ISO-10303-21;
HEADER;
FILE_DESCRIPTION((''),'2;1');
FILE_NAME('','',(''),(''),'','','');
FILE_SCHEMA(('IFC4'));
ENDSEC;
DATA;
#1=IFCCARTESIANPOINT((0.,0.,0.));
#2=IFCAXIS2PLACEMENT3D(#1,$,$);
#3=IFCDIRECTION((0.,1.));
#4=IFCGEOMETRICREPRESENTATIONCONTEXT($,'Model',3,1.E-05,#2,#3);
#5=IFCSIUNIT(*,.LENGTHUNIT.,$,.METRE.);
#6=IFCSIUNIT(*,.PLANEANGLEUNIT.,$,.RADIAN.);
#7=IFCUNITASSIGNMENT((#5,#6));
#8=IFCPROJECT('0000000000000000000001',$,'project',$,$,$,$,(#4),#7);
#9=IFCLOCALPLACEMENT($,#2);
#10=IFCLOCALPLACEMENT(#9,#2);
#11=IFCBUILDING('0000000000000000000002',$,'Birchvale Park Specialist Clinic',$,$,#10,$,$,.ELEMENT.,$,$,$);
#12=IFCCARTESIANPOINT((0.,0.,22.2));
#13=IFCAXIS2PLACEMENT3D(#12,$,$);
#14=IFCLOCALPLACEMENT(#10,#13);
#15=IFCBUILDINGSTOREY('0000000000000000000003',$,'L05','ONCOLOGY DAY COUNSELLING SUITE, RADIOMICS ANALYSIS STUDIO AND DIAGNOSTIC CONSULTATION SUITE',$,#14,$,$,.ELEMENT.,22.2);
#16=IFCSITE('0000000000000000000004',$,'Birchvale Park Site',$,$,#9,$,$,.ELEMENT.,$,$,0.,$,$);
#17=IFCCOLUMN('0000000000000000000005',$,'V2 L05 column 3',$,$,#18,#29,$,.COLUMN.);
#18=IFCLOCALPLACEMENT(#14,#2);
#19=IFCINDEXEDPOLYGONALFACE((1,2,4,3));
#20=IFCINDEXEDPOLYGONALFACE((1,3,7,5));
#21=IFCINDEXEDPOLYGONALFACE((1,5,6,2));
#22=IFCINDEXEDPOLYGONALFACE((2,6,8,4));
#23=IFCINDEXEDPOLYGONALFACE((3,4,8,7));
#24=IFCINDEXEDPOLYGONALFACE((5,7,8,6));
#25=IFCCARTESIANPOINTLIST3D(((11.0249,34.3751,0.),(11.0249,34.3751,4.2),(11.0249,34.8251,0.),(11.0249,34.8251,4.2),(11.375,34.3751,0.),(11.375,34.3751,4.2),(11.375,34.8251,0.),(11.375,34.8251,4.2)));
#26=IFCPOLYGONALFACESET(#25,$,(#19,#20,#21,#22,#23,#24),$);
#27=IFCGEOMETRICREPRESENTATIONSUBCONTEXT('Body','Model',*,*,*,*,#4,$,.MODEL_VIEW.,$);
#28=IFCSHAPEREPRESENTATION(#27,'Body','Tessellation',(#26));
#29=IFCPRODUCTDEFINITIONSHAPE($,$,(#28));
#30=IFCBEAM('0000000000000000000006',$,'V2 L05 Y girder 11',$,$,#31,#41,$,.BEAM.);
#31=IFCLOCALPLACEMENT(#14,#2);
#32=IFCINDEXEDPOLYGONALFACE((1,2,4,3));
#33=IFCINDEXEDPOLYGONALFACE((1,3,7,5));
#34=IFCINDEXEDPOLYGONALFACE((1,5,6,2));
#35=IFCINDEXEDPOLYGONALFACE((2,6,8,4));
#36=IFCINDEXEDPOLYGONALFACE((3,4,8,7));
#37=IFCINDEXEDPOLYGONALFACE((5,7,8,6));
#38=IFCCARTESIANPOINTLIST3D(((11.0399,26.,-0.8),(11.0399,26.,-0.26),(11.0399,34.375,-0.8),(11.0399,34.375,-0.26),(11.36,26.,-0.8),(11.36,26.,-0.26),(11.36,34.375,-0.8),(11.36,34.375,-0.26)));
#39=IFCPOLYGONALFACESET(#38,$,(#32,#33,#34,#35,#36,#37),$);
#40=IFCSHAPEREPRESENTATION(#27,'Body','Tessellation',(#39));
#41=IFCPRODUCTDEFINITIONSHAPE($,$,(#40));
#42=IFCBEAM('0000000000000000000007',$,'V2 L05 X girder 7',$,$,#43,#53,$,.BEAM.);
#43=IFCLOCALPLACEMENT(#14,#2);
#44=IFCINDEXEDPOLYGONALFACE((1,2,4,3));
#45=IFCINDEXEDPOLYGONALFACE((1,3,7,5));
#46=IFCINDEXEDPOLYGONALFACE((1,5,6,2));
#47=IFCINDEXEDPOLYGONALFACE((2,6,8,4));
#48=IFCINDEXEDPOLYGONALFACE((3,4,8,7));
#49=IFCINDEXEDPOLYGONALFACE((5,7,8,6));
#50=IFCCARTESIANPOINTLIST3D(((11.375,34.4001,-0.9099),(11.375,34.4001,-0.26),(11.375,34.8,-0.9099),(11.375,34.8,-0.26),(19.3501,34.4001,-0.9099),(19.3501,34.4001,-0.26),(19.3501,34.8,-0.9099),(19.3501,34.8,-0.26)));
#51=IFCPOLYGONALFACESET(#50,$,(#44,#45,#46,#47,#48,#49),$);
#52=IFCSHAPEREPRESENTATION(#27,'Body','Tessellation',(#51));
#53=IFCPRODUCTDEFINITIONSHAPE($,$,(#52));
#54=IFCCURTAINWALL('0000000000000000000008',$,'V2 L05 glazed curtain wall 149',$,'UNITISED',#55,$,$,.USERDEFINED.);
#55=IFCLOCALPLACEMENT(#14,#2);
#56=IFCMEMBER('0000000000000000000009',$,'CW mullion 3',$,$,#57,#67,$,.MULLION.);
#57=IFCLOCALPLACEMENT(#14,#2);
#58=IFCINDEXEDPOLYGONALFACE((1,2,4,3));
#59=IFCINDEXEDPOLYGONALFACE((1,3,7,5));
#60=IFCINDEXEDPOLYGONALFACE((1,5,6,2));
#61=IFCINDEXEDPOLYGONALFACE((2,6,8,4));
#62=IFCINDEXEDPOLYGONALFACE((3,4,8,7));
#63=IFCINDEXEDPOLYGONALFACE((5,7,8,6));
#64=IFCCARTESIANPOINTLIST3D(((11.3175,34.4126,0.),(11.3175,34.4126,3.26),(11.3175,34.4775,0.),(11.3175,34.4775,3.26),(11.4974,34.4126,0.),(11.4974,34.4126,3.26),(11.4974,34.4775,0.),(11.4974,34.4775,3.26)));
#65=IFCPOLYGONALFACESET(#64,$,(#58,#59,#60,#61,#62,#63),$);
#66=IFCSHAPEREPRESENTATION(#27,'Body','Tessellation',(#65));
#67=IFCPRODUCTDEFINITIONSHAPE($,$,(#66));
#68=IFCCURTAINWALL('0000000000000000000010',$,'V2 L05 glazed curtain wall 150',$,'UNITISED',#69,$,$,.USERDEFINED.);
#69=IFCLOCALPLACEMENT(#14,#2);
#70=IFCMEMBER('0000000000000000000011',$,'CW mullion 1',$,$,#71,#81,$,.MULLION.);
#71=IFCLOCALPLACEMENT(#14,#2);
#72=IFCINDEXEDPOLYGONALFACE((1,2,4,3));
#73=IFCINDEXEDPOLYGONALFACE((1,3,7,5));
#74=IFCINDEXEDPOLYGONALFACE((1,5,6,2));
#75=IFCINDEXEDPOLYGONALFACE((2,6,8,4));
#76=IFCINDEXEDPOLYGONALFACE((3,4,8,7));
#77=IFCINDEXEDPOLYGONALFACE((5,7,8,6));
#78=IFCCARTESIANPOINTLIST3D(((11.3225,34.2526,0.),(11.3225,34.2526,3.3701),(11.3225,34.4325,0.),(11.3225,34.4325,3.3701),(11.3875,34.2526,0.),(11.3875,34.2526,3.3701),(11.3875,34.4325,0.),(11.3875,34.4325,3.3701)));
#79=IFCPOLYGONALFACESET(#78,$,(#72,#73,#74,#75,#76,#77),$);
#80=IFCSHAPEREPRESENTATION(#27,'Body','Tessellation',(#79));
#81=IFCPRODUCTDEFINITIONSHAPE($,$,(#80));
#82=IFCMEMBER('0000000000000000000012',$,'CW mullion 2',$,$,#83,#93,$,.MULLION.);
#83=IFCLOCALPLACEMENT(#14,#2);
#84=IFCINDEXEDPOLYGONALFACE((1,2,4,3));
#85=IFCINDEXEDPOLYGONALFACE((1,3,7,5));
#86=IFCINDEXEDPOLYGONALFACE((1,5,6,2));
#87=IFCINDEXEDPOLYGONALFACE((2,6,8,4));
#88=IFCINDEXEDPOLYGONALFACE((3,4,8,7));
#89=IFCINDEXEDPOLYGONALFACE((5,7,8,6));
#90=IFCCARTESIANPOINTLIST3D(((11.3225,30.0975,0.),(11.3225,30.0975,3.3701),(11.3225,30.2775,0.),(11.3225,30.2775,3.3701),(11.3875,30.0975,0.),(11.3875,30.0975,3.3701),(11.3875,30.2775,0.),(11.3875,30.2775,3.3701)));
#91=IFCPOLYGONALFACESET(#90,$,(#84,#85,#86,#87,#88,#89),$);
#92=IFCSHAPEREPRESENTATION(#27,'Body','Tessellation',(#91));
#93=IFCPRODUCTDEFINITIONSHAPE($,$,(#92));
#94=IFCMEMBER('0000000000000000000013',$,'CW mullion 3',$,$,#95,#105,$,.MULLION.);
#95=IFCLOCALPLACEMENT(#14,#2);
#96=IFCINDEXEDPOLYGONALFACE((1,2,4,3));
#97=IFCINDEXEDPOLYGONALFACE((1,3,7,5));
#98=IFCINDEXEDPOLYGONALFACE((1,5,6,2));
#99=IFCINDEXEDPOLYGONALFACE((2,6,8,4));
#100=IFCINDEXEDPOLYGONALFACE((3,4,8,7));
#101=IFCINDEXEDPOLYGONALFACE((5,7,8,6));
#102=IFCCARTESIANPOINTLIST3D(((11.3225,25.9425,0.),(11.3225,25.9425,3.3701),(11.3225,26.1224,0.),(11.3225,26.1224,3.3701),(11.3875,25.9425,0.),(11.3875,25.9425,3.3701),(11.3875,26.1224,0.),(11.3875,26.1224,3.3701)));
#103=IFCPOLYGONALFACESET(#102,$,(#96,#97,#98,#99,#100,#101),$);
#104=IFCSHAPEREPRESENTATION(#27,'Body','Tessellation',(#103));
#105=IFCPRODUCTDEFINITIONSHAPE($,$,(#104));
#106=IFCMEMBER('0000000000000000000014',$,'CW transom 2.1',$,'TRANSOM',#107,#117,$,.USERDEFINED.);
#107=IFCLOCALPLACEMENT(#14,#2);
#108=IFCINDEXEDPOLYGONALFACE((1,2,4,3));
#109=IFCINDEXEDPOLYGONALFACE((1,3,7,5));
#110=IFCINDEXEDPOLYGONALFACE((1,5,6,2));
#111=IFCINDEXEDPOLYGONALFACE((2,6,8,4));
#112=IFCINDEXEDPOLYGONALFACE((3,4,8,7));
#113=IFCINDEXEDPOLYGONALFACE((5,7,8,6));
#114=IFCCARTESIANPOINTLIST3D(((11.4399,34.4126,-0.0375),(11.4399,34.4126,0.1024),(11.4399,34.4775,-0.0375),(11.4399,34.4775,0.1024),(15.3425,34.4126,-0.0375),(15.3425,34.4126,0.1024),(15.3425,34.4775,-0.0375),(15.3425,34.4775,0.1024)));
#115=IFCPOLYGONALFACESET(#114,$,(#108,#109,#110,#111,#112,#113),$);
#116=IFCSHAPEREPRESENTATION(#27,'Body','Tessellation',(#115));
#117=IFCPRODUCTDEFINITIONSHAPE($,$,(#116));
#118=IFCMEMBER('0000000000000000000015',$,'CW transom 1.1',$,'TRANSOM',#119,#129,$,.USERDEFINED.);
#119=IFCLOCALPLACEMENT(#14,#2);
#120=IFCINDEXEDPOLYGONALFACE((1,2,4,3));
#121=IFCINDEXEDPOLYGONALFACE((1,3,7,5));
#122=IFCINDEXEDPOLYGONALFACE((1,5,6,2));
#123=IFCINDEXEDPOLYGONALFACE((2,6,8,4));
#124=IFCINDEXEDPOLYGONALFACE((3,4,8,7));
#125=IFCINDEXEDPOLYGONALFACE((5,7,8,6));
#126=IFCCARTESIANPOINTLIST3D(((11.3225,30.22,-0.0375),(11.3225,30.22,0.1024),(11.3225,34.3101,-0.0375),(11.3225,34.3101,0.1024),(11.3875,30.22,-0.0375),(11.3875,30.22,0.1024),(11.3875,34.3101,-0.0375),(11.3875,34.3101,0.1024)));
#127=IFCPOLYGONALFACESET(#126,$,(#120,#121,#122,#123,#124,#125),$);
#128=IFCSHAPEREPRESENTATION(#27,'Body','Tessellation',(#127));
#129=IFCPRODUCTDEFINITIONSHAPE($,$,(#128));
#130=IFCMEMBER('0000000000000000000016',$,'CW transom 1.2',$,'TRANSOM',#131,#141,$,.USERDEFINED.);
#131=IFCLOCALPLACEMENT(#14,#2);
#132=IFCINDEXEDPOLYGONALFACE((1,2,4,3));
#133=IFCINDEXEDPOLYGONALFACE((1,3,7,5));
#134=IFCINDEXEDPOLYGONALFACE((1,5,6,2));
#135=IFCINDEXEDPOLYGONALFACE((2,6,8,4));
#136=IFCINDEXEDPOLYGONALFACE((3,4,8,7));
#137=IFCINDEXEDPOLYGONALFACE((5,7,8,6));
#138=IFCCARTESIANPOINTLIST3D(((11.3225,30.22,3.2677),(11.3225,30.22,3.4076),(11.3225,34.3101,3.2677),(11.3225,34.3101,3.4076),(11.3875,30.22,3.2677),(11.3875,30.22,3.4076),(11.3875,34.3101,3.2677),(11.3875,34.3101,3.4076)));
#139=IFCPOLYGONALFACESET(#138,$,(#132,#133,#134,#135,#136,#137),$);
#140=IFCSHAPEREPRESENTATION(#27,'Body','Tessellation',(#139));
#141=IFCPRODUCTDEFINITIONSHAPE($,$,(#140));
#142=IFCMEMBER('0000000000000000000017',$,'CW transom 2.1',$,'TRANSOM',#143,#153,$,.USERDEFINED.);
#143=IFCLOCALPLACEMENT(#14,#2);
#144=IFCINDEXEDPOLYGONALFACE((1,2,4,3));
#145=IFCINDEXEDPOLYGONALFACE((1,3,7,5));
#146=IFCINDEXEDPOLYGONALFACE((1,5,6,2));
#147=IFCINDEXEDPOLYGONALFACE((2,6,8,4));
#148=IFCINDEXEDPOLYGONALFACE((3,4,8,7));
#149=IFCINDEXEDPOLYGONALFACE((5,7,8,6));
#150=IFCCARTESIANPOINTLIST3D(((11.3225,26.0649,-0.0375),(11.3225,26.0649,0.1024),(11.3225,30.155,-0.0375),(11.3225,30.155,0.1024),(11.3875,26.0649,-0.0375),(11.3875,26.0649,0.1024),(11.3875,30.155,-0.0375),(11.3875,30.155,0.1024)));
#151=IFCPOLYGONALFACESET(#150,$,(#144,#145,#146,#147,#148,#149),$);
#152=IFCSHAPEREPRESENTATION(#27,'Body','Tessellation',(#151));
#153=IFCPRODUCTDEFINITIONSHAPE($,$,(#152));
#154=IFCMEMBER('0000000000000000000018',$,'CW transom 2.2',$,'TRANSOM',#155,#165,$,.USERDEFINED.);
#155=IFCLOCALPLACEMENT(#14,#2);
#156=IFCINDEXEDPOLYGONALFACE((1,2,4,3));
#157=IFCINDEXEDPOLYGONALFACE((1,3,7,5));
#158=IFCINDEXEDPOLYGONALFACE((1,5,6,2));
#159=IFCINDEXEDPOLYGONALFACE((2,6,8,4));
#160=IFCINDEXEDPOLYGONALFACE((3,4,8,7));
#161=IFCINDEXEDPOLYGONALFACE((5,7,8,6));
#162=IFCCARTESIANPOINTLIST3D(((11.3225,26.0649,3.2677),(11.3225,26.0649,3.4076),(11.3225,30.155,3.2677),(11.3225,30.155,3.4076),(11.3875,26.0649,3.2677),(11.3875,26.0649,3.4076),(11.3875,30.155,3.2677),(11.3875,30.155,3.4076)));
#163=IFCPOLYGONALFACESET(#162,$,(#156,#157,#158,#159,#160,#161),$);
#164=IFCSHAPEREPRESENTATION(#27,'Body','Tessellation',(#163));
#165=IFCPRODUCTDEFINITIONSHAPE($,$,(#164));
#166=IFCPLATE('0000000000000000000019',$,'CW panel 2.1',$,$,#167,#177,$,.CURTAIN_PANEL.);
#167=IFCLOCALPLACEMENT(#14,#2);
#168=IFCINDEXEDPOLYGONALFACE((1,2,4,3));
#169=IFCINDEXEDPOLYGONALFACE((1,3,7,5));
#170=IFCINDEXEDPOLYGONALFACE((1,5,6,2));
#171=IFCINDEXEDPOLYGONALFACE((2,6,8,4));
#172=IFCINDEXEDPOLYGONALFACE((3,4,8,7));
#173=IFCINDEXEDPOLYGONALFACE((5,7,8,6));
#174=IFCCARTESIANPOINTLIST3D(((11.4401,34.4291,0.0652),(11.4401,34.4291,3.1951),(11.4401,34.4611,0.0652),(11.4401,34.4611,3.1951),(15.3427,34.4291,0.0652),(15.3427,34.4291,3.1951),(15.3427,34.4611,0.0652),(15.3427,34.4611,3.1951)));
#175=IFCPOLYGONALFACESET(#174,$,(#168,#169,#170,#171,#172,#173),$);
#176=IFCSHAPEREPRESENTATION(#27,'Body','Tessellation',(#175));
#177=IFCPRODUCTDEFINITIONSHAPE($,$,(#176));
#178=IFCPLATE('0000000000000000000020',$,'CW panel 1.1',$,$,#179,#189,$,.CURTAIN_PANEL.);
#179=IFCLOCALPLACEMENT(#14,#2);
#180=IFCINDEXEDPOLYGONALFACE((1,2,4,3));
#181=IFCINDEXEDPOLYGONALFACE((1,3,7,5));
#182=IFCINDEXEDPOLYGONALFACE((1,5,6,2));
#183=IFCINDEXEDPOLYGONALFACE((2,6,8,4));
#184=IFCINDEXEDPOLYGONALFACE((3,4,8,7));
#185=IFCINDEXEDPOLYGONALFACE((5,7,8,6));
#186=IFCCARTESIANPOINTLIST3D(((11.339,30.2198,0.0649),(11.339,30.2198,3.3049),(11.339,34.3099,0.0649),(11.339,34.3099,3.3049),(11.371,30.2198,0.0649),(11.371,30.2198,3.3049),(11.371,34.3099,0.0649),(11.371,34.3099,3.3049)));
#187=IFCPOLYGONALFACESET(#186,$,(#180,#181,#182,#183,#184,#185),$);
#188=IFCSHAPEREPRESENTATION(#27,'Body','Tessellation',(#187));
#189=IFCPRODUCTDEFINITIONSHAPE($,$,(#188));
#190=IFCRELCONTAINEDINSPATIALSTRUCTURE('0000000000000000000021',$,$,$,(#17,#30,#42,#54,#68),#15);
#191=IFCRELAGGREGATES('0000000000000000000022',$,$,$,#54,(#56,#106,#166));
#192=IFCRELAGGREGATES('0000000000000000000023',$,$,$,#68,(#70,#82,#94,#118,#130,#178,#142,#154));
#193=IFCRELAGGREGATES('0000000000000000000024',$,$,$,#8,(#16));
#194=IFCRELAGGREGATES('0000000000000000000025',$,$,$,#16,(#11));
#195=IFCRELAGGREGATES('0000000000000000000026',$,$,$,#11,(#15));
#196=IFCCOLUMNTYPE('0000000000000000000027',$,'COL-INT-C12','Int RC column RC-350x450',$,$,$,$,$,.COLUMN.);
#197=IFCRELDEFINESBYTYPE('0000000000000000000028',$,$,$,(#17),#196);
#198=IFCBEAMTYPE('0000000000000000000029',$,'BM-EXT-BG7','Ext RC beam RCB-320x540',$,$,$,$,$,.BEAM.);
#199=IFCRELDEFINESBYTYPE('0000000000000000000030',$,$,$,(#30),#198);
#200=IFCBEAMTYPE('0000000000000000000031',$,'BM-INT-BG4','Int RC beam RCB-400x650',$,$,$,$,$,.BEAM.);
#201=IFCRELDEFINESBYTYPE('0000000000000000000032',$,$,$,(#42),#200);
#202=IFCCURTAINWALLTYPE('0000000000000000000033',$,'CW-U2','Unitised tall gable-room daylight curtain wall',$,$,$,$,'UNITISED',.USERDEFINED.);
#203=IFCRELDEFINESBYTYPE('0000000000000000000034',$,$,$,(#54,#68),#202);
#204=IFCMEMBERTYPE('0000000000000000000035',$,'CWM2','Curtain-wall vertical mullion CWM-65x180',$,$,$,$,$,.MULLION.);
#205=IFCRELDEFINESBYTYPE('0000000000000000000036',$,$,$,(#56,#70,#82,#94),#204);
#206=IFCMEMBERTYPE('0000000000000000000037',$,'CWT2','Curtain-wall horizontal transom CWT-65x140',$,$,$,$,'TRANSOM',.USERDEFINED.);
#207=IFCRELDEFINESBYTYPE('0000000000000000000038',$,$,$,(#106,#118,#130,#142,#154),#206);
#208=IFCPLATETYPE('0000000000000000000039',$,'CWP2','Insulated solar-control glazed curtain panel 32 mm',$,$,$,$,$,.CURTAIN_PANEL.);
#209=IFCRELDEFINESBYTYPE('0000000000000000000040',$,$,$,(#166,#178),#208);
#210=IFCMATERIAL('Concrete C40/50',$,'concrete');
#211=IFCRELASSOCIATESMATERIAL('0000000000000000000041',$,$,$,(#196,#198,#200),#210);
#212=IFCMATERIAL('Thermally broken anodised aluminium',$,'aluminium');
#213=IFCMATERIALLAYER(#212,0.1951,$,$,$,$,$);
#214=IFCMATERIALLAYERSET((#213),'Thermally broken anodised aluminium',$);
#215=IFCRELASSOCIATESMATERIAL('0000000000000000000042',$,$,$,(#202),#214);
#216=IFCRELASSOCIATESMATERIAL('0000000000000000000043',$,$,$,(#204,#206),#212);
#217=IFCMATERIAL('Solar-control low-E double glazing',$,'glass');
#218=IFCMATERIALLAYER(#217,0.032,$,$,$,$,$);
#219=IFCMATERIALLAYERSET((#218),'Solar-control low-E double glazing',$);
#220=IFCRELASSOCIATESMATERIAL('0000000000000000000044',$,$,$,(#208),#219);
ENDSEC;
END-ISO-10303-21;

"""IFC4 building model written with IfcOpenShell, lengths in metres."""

from ifc_helpers import new_model, si_unit, direction, frame, origin, origin_2d, place, context, subcontext, project, spatial, rectangle, extrude, material, layer, layer_set, material_profile, profile_set, type_object, element, aggregate, save


model = new_model("IFC4")

# Units and contexts
model_context = context("Model", 3, precision=1e-05, world=origin(), true_north=direction((0.0, 1.0)))
body_context = subcontext(model_context, "Body", "Model", "MODEL_VIEW")
ifc_project = project(units=[si_unit("LENGTHUNIT", "METRE"), si_unit("PLANEANGLEUNIT", "RADIAN")], contexts=[model_context])

# Site, building, storey
site_placement = place(None, origin())
site = spatial("IfcSite", under=ifc_project, at=site_placement, Name="Birchvale Park Site", CompositionType="ELEMENT", RefElevation=0.0)
building_placement = place(site_placement, origin())
building = spatial("IfcBuilding", under=site, at=building_placement, Name="Birchvale Park Specialist Clinic", CompositionType="ELEMENT")
storey_placement = place(building_placement, frame((0.0, 0.0, 22.2)))
storey = spatial("IfcBuildingStorey", under=building, at=storey_placement, Name="L05", Description="ONCOLOGY DAY COUNSELLING SUITE, RADIOMICS ANALYSIS STUDIO AND DIAGNOSTIC CONSULTATION SUITE", CompositionType="ELEMENT", Elevation=22.2)

# Column
ifc_material_1 = material(Name="Concrete C40/50", Category="concrete")
ifc_material_profile_1 = material_profile(ifc_material_1, rectangle(XDim=0.3501, YDim=0.45, at=origin_2d()), Name="RC-350x450")
ifc_profile_set_1 = profile_set([ifc_material_profile_1], Name="Concrete C40/50")
column_type = type_object("IfcColumnType", Name="COL-INT-C12", Description="Int RC column RC-350x450", PredefinedType="COLUMN", material=ifc_profile_set_1)
column_placement = place(storey_placement, frame((11.2, 34.6001, 0.0), z_axis=(0.0, 0.0, 1.0), x_axis=(1.0, 0.0, 0.0)))
element("IfcColumn", 1, at=column_placement, inside=storey, type_object=column_type, Name="V2 L05 column 3", PredefinedType="COLUMN", context=body_context, shape_type="SweptSolid", body=[
    extrude(rectangle(XDim=0.3501, YDim=0.45, at=origin_2d()), origin(), (0.0, 0.0, 1.0), 4.2),
])

# Beams
ifc_material_profile_2 = material_profile(ifc_material_1, rectangle(XDim=0.3201, YDim=0.54, at=origin_2d()), Name="RCB-320x540")
ifc_profile_set_2 = profile_set([ifc_material_profile_2], Name="Concrete C40/50")
beam_type_1 = type_object("IfcBeamType", Name="BM-EXT-BG7", Description="Ext RC beam RCB-320x540", PredefinedType="BEAM", material=ifc_profile_set_2)
beam_1_placement = place(storey_placement, frame((11.2, 26.0, -0.53), z_axis=(0.0, 1.0, 0.0), x_axis=(-1.0, 0.0, 0.0)))
element("IfcBeam", 2, at=beam_1_placement, inside=storey, type_object=beam_type_1, Name="V2 L05 Y girder 11", PredefinedType="BEAM", context=body_context, shape_type="SweptSolid", body=[
    extrude(rectangle(XDim=0.3201, YDim=0.54, at=origin_2d()), origin(), (0.0, 0.0, 1.0), 8.375),
])
ifc_material_profile_3 = material_profile(ifc_material_1, rectangle(XDim=0.3999, YDim=0.6499, at=origin_2d()), Name="RCB-400x650")
ifc_profile_set_3 = profile_set([ifc_material_profile_3], Name="Concrete C40/50")
beam_type_2 = type_object("IfcBeamType", Name="BM-INT-BG4", Description="Int RC beam RCB-400x650", PredefinedType="BEAM", material=ifc_profile_set_3)
beam_2_placement = place(storey_placement, frame((11.375, 34.6001, -0.585), z_axis=(1.0, 0.0, 0.0), x_axis=(0.0, 1.0, 0.0)))
element("IfcBeam", 3, at=beam_2_placement, inside=storey, type_object=beam_type_2, Name="V2 L05 X girder 7", PredefinedType="BEAM", context=body_context, shape_type="SweptSolid", body=[
    extrude(rectangle(XDim=0.3999, YDim=0.6499, at=origin_2d()), origin(), (0.0, 0.0, 1.0), 7.9751),
])

# Curtain wall, member
ifc_material_2 = material(Name="Thermally broken anodised aluminium", Category="aluminium")
ifc_layer_1 = layer(ifc_material_2, 0.1951)
ifc_layer_set_1 = layer_set([ifc_layer_1], Name="Thermally broken anodised aluminium")
curtain_wall_type = type_object("IfcCurtainWallType", Name="CW-U2", Description="Unitised tall gable-room daylight curtain wall", ElementType="UNITISED", PredefinedType="USERDEFINED", material=ifc_layer_set_1)
curtain_wall_1_placement = place(storey_placement, origin())
curtain_wall_1 = element("IfcCurtainWall", 4, at=curtain_wall_1_placement, inside=storey, type_object=curtain_wall_type, Name="V2 L05 glazed curtain wall 149", ObjectType="UNITISED", PredefinedType="USERDEFINED")
ifc_material_profile_4 = material_profile(ifc_material_2, rectangle(XDim=0.0649, YDim=0.1799, at=origin_2d()), Name="CWM-65x180")
ifc_profile_set_4 = profile_set([ifc_material_profile_4], Name="Thermally broken anodised aluminium")
member_type_1 = type_object("IfcMemberType", Name="CWM2", Description="Curtain-wall vertical mullion CWM-65x180", PredefinedType="MULLION", material=ifc_profile_set_4)
member_1_placement = place(storey_placement, frame((11.4075, 34.4451, 0.0), z_axis=(0.0, 0.0, 1.0), x_axis=(0.0, -1.0, 0.0)))
member_1 = element("IfcMember", 5, at=member_1_placement, type_object=member_type_1, Name="CW mullion 3", PredefinedType="MULLION", context=body_context, shape_type="SweptSolid", body=[
    extrude(rectangle(XDim=0.0649, YDim=0.1799, at=origin_2d()), origin(), (0.0, 0.0, 1.0), 3.26),
])

# Curtain wall, members
curtain_wall_2_placement = place(storey_placement, origin())
curtain_wall_2 = element("IfcCurtainWall", 6, at=curtain_wall_2_placement, inside=storey, type_object=curtain_wall_type, Name="V2 L05 glazed curtain wall 150", ObjectType="UNITISED", PredefinedType="USERDEFINED")
member_2_placement = place(storey_placement, frame((11.355, 34.3425, 0.0), z_axis=(0.0, 0.0, 1.0), x_axis=(1.0, 0.0, 0.0)))
member_2 = element("IfcMember", 7, at=member_2_placement, type_object=member_type_1, Name="CW mullion 1", PredefinedType="MULLION", context=body_context, shape_type="SweptSolid", body=[
    extrude(rectangle(XDim=0.0649, YDim=0.1799, at=origin_2d()), origin(), (0.0, 0.0, 1.0), 3.3701),
])
member_3_placement = place(storey_placement, frame((11.355, 30.1875, 0.0), z_axis=(0.0, 0.0, 1.0), x_axis=(1.0, 0.0, 0.0)))
member_3 = element("IfcMember", 8, at=member_3_placement, type_object=member_type_1, Name="CW mullion 2", PredefinedType="MULLION", context=body_context, shape_type="SweptSolid", body=[
    extrude(rectangle(XDim=0.0649, YDim=0.1799, at=origin_2d()), origin(), (0.0, 0.0, 1.0), 3.3701),
])
member_4_placement = place(storey_placement, frame((11.355, 26.0325, 0.0), z_axis=(0.0, 0.0, 1.0), x_axis=(1.0, 0.0, 0.0)))
member_4 = element("IfcMember", 9, at=member_4_placement, type_object=member_type_1, Name="CW mullion 3", PredefinedType="MULLION", context=body_context, shape_type="SweptSolid", body=[
    extrude(rectangle(XDim=0.0649, YDim=0.1799, at=origin_2d()), origin(), (0.0, 0.0, 1.0), 3.3701),
])

# Members
ifc_material_profile_5 = material_profile(ifc_material_2, rectangle(XDim=0.0649, YDim=0.1399, at=origin_2d()), Name="CWT-65x140")
ifc_profile_set_5 = profile_set([ifc_material_profile_5], Name="Thermally broken anodised aluminium")
member_type_2 = type_object("IfcMemberType", Name="CWT2", Description="Curtain-wall horizontal transom CWT-65x140", ElementType="TRANSOM", PredefinedType="USERDEFINED", material=ifc_profile_set_5)
member_5_placement = place(storey_placement, frame((15.3425, 34.4451, 0.0325), z_axis=(-1.0, 0.0, 0.0), x_axis=(0.0, -1.0, 0.0)))
member_5 = element("IfcMember", 10, at=member_5_placement, type_object=member_type_2, Name="CW transom 2.1", ObjectType="TRANSOM", PredefinedType="USERDEFINED", context=body_context, shape_type="SweptSolid", body=[
    extrude(rectangle(XDim=0.0649, YDim=0.1399, at=origin_2d()), origin(), (0.0, 0.0, 1.0), 3.9026),
])
member_6_placement = place(storey_placement, frame((11.355, 34.3101, 0.0325), z_axis=(0.0, -1.0, 0.0), x_axis=(1.0, 0.0, 0.0)))
member_6 = element("IfcMember", 11, at=member_6_placement, type_object=member_type_2, Name="CW transom 1.1", ObjectType="TRANSOM", PredefinedType="USERDEFINED", context=body_context, shape_type="SweptSolid", body=[
    extrude(rectangle(XDim=0.0649, YDim=0.1399, at=origin_2d()), origin(), (0.0, 0.0, 1.0), 4.0901),
])
member_7_placement = place(storey_placement, frame((11.355, 34.3101, 3.3376), z_axis=(0.0, -1.0, 0.0), x_axis=(1.0, 0.0, 0.0)))
member_7 = element("IfcMember", 12, at=member_7_placement, type_object=member_type_2, Name="CW transom 1.2", ObjectType="TRANSOM", PredefinedType="USERDEFINED", context=body_context, shape_type="SweptSolid", body=[
    extrude(rectangle(XDim=0.0649, YDim=0.1399, at=origin_2d()), origin(), (0.0, 0.0, 1.0), 4.0901),
])
member_8_placement = place(storey_placement, frame((11.355, 30.155, 0.0325), z_axis=(0.0, -1.0, 0.0), x_axis=(1.0, 0.0, 0.0)))
member_8 = element("IfcMember", 13, at=member_8_placement, type_object=member_type_2, Name="CW transom 2.1", ObjectType="TRANSOM", PredefinedType="USERDEFINED", context=body_context, shape_type="SweptSolid", body=[
    extrude(rectangle(XDim=0.0649, YDim=0.1399, at=origin_2d()), origin(), (0.0, 0.0, 1.0), 4.0901),
])
member_9_placement = place(storey_placement, frame((11.355, 30.155, 3.3376), z_axis=(0.0, -1.0, 0.0), x_axis=(1.0, 0.0, 0.0)))
member_9 = element("IfcMember", 14, at=member_9_placement, type_object=member_type_2, Name="CW transom 2.2", ObjectType="TRANSOM", PredefinedType="USERDEFINED", context=body_context, shape_type="SweptSolid", body=[
    extrude(rectangle(XDim=0.0649, YDim=0.1399, at=origin_2d()), origin(), (0.0, 0.0, 1.0), 4.0901),
])

# Plates
ifc_material_3 = material(Name="Solar-control low-E double glazing", Category="glass")
ifc_layer_2 = layer(ifc_material_3, 0.032)
ifc_layer_set_2 = layer_set([ifc_layer_2], Name="Solar-control low-E double glazing")
plate_type = type_object("IfcPlateType", Name="CWP2", Description="Insulated solar-control glazed curtain panel 32 mm", PredefinedType="CURTAIN_PANEL", material=ifc_layer_set_2)
plate_1_placement = place(storey_placement, frame((13.3914, 34.4451, 0.0652), z_axis=(0.0, 0.0, 1.0), x_axis=(-1.0, 0.0, 0.0)))
plate_1 = element("IfcPlate", 15, at=plate_1_placement, type_object=plate_type, Name="CW panel 2.1", PredefinedType="CURTAIN_PANEL", context=body_context, shape_type="SweptSolid", body=[
    extrude(rectangle(XDim=3.9026, YDim=0.032, at=origin_2d()), origin(), (0.0, 0.0, 1.0), 3.1299),
])
aggregate(curtain_wall_1, [member_1, member_5, plate_1])
plate_2_placement = place(storey_placement, frame((11.355, 32.2649, 0.0649), z_axis=(0.0, 0.0, 1.0), x_axis=(0.0, -1.0, 0.0)))
plate_2 = element("IfcPlate", 16, at=plate_2_placement, type_object=plate_type, Name="CW panel 1.1", PredefinedType="CURTAIN_PANEL", context=body_context, shape_type="SweptSolid", body=[
    extrude(rectangle(XDim=4.0901, YDim=0.032, at=origin_2d()), origin(), (0.0, 0.0, 1.0), 3.24),
])
aggregate(curtain_wall_2, [member_2, member_3, member_4, member_6, member_7, plate_2, member_8, member_9])

save(model, "model.ifc")
